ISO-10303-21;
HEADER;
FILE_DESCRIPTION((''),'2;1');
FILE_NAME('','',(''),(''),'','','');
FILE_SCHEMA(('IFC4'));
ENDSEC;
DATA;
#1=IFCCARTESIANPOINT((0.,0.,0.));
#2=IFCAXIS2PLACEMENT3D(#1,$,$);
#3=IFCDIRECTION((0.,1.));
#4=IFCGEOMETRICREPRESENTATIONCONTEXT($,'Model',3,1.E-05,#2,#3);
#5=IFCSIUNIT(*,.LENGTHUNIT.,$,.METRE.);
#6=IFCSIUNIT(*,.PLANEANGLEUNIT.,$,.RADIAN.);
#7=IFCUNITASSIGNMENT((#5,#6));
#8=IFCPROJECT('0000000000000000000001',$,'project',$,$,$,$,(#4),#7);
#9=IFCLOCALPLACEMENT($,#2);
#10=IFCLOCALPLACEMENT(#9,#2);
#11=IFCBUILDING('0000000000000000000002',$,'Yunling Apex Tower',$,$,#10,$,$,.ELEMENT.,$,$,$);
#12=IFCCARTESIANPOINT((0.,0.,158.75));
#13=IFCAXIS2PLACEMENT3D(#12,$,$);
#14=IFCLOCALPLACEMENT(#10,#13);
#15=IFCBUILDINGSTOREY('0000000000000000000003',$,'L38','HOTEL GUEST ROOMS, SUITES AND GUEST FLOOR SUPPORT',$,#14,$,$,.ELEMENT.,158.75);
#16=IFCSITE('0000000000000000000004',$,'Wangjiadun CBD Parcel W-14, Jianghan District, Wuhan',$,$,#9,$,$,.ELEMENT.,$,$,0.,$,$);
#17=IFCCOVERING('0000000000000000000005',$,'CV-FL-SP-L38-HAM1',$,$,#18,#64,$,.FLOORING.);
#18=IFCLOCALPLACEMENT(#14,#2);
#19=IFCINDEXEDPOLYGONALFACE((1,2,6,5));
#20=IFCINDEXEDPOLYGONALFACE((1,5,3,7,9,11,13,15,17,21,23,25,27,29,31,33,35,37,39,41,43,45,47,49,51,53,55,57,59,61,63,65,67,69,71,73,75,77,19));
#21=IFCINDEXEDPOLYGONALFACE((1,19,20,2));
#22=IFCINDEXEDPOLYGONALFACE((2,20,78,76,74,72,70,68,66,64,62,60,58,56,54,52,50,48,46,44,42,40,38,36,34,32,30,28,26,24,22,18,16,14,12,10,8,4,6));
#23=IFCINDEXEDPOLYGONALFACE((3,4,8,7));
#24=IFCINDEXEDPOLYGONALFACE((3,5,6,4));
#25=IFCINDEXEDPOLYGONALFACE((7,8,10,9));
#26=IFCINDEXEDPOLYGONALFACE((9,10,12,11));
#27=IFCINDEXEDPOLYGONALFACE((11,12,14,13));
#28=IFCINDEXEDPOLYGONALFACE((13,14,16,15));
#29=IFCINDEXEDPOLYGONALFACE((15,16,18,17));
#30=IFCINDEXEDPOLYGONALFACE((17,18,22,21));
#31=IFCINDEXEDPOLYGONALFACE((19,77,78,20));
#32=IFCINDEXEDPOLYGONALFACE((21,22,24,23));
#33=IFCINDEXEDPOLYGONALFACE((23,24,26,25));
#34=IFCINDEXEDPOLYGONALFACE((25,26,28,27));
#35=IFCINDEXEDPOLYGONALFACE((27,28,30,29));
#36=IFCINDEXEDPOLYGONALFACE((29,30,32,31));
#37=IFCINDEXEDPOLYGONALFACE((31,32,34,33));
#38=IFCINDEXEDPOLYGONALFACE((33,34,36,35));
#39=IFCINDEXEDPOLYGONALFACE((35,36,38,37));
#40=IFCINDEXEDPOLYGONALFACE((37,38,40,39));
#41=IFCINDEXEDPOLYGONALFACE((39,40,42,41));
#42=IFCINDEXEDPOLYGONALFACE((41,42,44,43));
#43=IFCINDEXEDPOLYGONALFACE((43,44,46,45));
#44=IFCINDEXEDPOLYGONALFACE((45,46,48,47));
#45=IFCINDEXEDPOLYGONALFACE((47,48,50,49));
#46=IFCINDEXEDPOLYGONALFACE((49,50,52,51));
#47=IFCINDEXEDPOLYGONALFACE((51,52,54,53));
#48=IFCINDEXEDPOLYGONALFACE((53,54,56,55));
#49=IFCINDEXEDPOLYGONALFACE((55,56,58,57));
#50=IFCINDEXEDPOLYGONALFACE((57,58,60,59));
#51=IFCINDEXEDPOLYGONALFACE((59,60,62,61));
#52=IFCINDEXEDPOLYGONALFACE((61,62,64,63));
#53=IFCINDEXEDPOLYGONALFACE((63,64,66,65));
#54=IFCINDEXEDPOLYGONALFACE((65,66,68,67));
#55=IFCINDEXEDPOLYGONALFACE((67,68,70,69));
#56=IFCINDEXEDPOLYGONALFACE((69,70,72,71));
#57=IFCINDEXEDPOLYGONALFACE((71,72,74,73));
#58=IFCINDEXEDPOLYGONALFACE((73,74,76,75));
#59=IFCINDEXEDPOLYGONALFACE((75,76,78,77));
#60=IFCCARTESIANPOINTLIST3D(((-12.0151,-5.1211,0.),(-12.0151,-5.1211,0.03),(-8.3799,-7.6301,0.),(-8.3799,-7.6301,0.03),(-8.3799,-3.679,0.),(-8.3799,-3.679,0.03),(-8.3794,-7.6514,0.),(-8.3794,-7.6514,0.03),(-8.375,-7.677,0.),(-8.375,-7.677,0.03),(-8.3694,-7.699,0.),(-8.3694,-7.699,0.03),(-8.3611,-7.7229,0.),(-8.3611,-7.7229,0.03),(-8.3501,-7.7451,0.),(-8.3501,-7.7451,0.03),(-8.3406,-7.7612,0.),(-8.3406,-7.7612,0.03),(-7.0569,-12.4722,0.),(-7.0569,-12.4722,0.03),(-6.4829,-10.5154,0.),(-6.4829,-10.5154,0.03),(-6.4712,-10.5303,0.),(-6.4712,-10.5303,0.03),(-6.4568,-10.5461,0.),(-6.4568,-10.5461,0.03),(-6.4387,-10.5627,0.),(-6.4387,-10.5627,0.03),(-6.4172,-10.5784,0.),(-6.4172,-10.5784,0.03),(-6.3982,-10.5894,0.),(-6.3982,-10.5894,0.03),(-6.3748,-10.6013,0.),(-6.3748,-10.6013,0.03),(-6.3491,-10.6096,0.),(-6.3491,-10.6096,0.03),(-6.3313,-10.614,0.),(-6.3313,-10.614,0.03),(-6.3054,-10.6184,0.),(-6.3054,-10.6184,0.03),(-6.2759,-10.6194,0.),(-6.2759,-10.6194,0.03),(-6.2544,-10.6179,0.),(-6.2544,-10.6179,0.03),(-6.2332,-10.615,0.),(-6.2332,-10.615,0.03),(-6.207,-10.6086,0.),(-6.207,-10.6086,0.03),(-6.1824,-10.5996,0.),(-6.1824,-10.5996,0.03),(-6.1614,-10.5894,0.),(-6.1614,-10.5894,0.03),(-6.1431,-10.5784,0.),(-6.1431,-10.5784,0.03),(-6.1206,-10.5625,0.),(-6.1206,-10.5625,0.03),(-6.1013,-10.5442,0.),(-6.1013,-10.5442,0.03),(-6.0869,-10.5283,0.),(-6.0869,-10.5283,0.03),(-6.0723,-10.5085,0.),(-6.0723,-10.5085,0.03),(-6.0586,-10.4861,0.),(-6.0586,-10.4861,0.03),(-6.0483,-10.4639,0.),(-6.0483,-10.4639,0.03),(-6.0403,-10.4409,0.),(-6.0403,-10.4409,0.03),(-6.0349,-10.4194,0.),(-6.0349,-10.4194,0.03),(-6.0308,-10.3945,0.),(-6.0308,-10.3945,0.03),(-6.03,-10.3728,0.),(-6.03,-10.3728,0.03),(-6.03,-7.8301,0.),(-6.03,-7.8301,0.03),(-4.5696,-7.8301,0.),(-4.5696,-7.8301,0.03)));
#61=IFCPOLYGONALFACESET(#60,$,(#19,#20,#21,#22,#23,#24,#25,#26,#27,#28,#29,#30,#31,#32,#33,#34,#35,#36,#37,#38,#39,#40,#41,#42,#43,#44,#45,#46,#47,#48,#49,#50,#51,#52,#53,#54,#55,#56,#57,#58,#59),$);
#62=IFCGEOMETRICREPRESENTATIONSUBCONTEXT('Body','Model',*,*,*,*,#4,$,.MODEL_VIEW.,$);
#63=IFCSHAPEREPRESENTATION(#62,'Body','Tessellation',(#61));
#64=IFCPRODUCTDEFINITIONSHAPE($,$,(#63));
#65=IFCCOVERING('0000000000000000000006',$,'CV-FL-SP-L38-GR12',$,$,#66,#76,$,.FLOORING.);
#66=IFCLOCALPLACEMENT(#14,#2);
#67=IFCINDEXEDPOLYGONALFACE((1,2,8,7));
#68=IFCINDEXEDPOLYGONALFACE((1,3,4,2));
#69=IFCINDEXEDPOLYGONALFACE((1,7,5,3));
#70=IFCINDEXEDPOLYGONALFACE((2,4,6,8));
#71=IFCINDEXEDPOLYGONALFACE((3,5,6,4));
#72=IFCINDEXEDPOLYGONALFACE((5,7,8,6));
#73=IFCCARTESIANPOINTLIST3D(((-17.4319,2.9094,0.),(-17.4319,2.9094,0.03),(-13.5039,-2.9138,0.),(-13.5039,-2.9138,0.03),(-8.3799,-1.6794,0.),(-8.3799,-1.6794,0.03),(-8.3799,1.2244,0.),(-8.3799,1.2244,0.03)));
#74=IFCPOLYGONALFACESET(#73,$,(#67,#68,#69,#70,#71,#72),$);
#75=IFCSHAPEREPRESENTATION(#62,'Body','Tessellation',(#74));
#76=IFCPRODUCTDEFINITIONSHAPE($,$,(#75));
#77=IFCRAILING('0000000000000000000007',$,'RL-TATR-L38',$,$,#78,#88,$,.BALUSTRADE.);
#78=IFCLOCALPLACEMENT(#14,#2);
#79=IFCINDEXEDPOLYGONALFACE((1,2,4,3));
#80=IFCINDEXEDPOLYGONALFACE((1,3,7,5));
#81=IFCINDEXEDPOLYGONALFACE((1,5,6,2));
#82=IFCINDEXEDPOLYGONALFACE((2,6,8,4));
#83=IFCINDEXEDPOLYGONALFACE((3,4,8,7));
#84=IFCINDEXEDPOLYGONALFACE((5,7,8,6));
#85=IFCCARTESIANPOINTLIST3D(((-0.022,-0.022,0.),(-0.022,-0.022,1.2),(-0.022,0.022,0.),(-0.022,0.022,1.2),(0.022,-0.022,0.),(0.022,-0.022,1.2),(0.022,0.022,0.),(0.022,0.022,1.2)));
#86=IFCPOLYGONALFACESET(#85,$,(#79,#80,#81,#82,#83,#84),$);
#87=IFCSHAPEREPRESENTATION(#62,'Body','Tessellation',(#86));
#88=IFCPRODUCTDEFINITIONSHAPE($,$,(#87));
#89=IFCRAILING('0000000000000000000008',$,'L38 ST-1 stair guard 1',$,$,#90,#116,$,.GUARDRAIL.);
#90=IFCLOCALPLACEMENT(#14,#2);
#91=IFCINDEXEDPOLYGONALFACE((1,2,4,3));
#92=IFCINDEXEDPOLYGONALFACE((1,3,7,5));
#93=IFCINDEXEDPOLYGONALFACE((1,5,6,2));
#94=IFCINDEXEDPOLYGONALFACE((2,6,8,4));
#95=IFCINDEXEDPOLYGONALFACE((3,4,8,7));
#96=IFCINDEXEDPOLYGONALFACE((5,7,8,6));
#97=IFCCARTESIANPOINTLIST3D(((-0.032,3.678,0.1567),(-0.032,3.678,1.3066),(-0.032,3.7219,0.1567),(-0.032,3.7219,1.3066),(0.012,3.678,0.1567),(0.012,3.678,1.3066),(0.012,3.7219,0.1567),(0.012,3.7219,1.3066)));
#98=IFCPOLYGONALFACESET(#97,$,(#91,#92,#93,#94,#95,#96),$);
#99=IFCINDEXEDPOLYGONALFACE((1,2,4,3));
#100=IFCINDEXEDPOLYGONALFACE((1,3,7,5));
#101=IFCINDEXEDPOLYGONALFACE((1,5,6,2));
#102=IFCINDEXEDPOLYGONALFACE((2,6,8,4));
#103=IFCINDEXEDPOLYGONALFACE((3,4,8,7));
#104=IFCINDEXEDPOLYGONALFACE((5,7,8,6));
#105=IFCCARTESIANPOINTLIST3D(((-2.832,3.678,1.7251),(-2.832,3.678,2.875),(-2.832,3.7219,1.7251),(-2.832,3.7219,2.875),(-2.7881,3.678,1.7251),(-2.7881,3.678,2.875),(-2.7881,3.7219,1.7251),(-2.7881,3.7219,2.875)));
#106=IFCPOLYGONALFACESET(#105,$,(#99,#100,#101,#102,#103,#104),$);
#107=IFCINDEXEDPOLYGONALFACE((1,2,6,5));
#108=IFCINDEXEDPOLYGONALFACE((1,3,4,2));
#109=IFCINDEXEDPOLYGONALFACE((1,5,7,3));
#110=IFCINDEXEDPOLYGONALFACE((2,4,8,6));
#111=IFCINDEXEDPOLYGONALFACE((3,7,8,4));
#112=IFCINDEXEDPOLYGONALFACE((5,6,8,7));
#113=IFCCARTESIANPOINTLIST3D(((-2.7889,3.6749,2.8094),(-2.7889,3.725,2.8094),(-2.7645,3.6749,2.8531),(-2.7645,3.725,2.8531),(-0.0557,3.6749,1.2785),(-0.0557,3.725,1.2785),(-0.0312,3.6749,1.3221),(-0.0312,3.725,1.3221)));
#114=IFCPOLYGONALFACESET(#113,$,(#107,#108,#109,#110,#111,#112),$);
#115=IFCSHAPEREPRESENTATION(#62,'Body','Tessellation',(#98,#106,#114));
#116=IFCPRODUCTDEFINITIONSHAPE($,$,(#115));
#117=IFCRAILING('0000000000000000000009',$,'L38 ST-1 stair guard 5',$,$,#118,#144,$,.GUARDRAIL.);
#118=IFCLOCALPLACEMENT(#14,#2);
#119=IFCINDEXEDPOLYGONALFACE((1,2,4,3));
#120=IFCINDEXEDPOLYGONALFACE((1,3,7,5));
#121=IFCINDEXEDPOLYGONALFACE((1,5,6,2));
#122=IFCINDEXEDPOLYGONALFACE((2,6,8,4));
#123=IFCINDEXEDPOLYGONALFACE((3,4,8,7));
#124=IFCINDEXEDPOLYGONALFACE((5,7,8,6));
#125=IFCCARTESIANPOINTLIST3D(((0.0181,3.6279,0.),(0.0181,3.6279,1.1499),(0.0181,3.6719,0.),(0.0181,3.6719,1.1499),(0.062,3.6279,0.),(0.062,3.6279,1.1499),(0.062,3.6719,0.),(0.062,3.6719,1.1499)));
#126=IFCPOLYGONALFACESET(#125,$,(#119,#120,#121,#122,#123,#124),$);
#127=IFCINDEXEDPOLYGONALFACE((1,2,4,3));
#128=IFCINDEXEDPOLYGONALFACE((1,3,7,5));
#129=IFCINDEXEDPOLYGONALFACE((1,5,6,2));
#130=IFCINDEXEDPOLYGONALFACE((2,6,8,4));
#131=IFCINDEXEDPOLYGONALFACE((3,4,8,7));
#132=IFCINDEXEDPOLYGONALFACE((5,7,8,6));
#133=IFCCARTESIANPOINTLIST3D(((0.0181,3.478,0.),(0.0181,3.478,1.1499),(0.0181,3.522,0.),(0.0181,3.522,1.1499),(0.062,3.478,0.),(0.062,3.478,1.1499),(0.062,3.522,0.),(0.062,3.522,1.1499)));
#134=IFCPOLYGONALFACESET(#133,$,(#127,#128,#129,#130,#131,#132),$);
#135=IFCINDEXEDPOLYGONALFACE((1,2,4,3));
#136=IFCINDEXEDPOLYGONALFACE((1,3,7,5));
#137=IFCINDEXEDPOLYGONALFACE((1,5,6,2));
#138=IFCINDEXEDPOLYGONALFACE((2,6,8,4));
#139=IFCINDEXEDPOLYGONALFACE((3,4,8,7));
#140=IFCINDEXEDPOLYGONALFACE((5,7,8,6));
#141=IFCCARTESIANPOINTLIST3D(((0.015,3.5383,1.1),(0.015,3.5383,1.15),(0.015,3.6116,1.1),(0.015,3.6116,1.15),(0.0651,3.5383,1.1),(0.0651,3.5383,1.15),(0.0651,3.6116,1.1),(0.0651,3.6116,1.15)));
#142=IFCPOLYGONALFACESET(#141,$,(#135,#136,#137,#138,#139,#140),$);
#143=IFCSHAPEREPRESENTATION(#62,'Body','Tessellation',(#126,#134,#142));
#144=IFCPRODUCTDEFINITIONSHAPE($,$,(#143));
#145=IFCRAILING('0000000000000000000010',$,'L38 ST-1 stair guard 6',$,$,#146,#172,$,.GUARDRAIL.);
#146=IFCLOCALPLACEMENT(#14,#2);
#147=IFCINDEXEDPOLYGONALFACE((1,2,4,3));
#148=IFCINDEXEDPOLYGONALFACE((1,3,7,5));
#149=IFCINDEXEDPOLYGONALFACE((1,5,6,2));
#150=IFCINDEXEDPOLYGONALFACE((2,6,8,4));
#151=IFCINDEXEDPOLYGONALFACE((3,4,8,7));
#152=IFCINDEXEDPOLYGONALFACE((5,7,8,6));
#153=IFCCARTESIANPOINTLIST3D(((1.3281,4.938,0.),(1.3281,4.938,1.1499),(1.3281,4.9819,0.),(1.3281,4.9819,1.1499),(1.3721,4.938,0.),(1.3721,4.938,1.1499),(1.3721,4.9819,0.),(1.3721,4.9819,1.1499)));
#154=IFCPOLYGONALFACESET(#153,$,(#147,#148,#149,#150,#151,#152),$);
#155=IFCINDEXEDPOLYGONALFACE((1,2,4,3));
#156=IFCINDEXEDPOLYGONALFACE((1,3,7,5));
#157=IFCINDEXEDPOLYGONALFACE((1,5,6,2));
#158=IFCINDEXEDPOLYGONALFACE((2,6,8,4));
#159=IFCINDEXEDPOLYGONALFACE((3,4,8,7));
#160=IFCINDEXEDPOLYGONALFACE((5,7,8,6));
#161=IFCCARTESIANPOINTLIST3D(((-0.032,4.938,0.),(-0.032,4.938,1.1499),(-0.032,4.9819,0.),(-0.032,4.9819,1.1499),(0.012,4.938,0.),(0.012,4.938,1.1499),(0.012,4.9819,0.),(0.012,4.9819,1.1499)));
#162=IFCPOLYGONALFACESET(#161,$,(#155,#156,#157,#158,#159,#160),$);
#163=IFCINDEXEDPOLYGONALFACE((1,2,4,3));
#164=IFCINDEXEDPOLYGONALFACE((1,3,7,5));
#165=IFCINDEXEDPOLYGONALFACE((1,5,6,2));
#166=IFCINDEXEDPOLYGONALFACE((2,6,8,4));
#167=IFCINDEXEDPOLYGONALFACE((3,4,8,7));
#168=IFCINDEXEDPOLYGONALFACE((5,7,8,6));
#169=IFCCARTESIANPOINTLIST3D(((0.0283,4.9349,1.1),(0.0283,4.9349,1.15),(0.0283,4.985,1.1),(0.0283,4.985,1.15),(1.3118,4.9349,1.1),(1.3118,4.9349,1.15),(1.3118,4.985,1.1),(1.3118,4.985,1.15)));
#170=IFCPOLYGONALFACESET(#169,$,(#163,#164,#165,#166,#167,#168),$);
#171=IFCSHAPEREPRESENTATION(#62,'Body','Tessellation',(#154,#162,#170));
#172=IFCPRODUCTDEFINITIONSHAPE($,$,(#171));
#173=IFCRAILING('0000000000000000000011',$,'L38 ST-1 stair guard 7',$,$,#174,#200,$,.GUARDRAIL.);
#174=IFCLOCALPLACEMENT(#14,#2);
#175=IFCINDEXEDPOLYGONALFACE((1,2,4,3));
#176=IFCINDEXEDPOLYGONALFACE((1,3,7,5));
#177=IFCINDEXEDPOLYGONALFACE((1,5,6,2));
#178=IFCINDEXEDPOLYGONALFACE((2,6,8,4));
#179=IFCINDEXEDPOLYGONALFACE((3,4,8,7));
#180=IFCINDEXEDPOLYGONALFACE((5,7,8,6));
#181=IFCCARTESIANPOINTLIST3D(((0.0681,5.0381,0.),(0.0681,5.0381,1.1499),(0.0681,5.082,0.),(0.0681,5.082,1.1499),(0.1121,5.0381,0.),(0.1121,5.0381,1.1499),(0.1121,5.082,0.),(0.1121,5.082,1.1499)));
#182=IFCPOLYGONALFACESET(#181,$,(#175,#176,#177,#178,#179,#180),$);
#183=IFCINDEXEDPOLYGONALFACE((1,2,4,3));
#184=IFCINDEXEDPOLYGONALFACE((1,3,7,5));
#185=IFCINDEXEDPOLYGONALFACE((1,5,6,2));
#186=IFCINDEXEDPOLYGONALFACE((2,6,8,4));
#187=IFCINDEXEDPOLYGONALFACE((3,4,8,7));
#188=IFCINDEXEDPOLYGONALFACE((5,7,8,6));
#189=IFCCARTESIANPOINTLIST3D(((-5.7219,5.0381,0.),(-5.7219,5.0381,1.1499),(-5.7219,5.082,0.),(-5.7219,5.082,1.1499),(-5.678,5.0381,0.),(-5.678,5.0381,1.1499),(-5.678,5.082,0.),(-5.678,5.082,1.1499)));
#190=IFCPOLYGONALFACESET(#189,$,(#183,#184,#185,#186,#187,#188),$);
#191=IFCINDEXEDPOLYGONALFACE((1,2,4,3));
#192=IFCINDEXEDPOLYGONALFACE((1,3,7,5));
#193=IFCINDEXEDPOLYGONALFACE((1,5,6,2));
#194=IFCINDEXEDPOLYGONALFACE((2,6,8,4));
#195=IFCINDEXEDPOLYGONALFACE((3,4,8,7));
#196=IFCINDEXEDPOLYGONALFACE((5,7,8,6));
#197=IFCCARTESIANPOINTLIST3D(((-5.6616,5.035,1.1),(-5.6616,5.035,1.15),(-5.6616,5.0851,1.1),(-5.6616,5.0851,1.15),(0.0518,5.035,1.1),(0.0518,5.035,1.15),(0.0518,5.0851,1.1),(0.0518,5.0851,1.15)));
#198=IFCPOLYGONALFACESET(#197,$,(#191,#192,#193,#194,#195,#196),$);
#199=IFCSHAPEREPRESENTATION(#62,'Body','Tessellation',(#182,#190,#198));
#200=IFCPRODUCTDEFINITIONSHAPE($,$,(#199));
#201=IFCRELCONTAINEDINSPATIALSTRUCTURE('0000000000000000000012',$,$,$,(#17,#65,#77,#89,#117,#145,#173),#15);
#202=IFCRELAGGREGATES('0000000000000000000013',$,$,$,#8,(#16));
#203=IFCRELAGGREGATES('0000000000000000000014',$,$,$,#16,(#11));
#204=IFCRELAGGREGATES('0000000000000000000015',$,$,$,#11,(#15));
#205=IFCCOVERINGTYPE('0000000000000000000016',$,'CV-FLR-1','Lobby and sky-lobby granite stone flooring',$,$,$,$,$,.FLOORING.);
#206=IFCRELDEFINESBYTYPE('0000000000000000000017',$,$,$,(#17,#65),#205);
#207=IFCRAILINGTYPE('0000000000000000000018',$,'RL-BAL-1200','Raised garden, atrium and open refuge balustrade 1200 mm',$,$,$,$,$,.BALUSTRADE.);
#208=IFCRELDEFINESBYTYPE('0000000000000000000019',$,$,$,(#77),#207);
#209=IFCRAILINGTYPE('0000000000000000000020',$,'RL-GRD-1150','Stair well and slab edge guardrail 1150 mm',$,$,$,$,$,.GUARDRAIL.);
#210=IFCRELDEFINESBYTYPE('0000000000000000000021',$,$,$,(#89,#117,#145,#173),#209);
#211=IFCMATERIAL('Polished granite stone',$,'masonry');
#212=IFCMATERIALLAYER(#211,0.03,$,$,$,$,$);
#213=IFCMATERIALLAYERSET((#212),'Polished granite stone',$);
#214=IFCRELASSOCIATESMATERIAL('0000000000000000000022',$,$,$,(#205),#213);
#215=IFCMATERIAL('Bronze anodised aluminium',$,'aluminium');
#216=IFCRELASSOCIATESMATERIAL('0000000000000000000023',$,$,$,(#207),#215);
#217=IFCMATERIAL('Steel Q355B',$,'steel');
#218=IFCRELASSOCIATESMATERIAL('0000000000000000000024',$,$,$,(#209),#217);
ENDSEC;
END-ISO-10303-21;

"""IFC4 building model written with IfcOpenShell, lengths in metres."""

from ifc_helpers import new_model, si_unit, direction, frame, origin, origin_2d, place, context, subcontext, project, spatial, polyline, rectangle, outline, extrude, material, layer, layer_set, type_object, element, save


model = new_model("IFC4")

# Units and contexts
model_context = context("Model", 3, precision=1e-05, world=origin(), true_north=direction((0.0, 1.0)))
body_context = subcontext(model_context, "Body", "Model", "MODEL_VIEW")
ifc_project = project(units=[si_unit("LENGTHUNIT", "METRE"), si_unit("PLANEANGLEUNIT", "RADIAN")], contexts=[model_context])

# Site, building, storey
site_placement = place(None, origin())
site = spatial("IfcSite", under=ifc_project, at=site_placement, Name="Wangjiadun CBD Parcel W-14, Jianghan District, Wuhan", CompositionType="ELEMENT", RefElevation=0.0)
building_placement = place(site_placement, origin())
building = spatial("IfcBuilding", under=site, at=building_placement, Name="Yunling Apex Tower", CompositionType="ELEMENT")
storey_placement = place(building_placement, frame((0.0, 0.0, 158.75)))
storey = spatial("IfcBuildingStorey", under=building, at=storey_placement, Name="L38", Description="HOTEL GUEST ROOMS, SUITES AND GUEST FLOOR SUPPORT", CompositionType="ELEMENT", Elevation=158.75)

# Shared definitions
ifc_material_1 = material(Name="Steel Q355B", Category="steel")

# Shared definitions
ifc_material_2 = material(Name="Bronze anodised aluminium", Category="aluminium")

# Coverings
ifc_material_3 = material(Name="Polished granite stone", Category="masonry")
ifc_layer_1 = layer(ifc_material_3, 0.03)
ifc_layer_set_1 = layer_set([ifc_layer_1], Name="Polished granite stone")
covering_type_1 = type_object("IfcCoveringType", Name="CV-FLR-1", Description="Lobby and sky-lobby granite stone flooring", PredefinedType="FLOORING", material=ifc_layer_set_1)
covering_1_placement = place(storey_placement, origin())
element("IfcCovering", 1, at=covering_1_placement, inside=storey, type_object=covering_type_1, Name="CV-FL-SP-L38-HAM1", PredefinedType="FLOORING", context=body_context, shape_type="SweptSolid", body=[
    extrude(outline(polyline([(-7.0569, -12.4722), (-12.0151, -5.1211), (-8.3799, -3.679), (-8.3799, -7.6301), (-8.3794, -7.6514), (-8.375, -7.677), (-8.3694, -7.699), (-8.3611, -7.7229), (-8.3501, -7.7451), (-8.3406, -7.7612), (-6.4829, -10.5154), (-6.4712, -10.5303), (-6.4568, -10.5461), (-6.4387, -10.5627), (-6.4172, -10.5784), (-6.3982, -10.5894), (-6.3748, -10.6013), (-6.3491, -10.6096), (-6.3313, -10.614), (-6.3054, -10.6184), (-6.2759, -10.6194), (-6.2544, -10.6179), (-6.2332, -10.615), (-6.207, -10.6086), (-6.1824, -10.5996), (-6.1614, -10.5894), (-6.1431, -10.5784), (-6.1206, -10.5625), (-6.1013, -10.5442), (-6.0869, -10.5283), (-6.0723, -10.5085), (-6.0586, -10.4861), (-6.0483, -10.4639), (-6.0403, -10.4409), (-6.0349, -10.4194), (-6.0308, -10.3945), (-6.03, -10.3728), (-6.03, -7.8301), (-4.5696, -7.8301), (-7.0569, -12.4722)])), origin(), (0.0, 0.0, 1.0), 0.03),
])
covering_2_placement = place(storey_placement, origin())
element("IfcCovering", 2, at=covering_2_placement, inside=storey, type_object=covering_type_1, Name="CV-FL-SP-L38-GR12", PredefinedType="FLOORING", context=body_context, shape_type="SweptSolid", body=[
    extrude(outline(polyline([(-17.4319, 2.9094), (-8.3799, 1.2244), (-8.3799, -1.6794), (-13.5039, -2.9138), (-17.4319, 2.9094)])), origin(), (0.0, 0.0, 1.0), 0.03),
])

# Railings
railing_type_1 = type_object("IfcRailingType", Name="RL-BAL-1200", Description="Raised garden, atrium and open refuge balustrade 1200 mm", PredefinedType="BALUSTRADE", material=ifc_material_2)
railing_1_placement = place(storey_placement, origin())
element("IfcRailing", 3, at=railing_1_placement, inside=storey, type_object=railing_type_1, Name="RL-TATR-L38", PredefinedType="BALUSTRADE", context=body_context, shape_type="SweptSolid", body=[
    extrude(rectangle(XDim=0.0439, YDim=0.0439, at=origin_2d()), origin(), (0.0, 0.0, 1.0), 1.2),
])
railing_type_2 = type_object("IfcRailingType", Name="RL-GRD-1150", Description="Stair well and slab edge guardrail 1150 mm", PredefinedType="GUARDRAIL", material=ifc_material_1)
railing_2_placement = place(storey_placement, frame((-0.01, 3.7, 0.1567)))
element("IfcRailing", 4, at=railing_2_placement, inside=storey, type_object=railing_type_2, Name="L38 ST-1 stair guard 1", PredefinedType="GUARDRAIL", context=body_context, shape_type="SweptSolid", body=[
    extrude(rectangle(XDim=0.0439, YDim=0.0439, at=origin_2d()), origin(), (0.0, 0.0, 1.0), 1.1499),
    extrude(rectangle(XDim=0.0439, YDim=0.0439, at=origin_2d()), frame((-2.8, 0.0, 1.5684)), (0.0, 0.0, 1.0), 1.1499),
    extrude(rectangle(XDim=0.05, YDim=0.05, at=origin_2d()), frame((-0.0334, 0.0, 1.1436), z_axis=(-0.872462, 0.0, 0.488682), x_axis=(0.0, -1.0, 0.0)), (0.0, 0.0, 1.0), 3.1328),
])
railing_3_placement = place(storey_placement, frame((0.04, 3.6499, 0.0)))
element("IfcRailing", 5, at=railing_3_placement, inside=storey, type_object=railing_type_2, Name="L38 ST-1 stair guard 5", PredefinedType="GUARDRAIL", context=body_context, shape_type="SweptSolid", body=[
    extrude(rectangle(XDim=0.0439, YDim=0.0439, at=origin_2d()), origin(), (0.0, 0.0, 1.0), 1.1499),
    extrude(rectangle(XDim=0.0439, YDim=0.0439, at=origin_2d()), frame((0.0, -0.1499, 0.0)), (0.0, 0.0, 1.0), 1.1499),
    extrude(rectangle(XDim=0.05, YDim=0.05, at=origin_2d()), frame((0.0, -0.0383, 1.125), z_axis=(0.0, -1.0, 0.0), x_axis=(1.0, 0.0, 0.0)), (0.0, 0.0, 1.0), 0.0732),
])
railing_4_placement = place(storey_placement, frame((1.3501, 4.96, 0.0)))
element("IfcRailing", 6, at=railing_4_placement, inside=storey, type_object=railing_type_2, Name="L38 ST-1 stair guard 6", PredefinedType="GUARDRAIL", context=body_context, shape_type="SweptSolid", body=[
    extrude(rectangle(XDim=0.0439, YDim=0.0439, at=origin_2d()), origin(), (0.0, 0.0, 1.0), 1.1499),
    extrude(rectangle(XDim=0.0439, YDim=0.0439, at=origin_2d()), frame((-1.3601, 0.0, 0.0)), (0.0, 0.0, 1.0), 1.1499),
    extrude(rectangle(XDim=0.05, YDim=0.05, at=origin_2d()), frame((-0.0383, 0.0, 1.125), z_axis=(-1.0, 0.0, 0.0), x_axis=(0.0, -1.0, 0.0)), (0.0, 0.0, 1.0), 1.2834),
])
railing_5_placement = place(storey_placement, frame((0.0901, 5.0601, 0.0)))
element("IfcRailing", 7, at=railing_5_placement, inside=storey, type_object=railing_type_2, Name="L38 ST-1 stair guard 7", PredefinedType="GUARDRAIL", context=body_context, shape_type="SweptSolid", body=[
    extrude(rectangle(XDim=0.0439, YDim=0.0439, at=origin_2d()), origin(), (0.0, 0.0, 1.0), 1.1499),
    extrude(rectangle(XDim=0.0439, YDim=0.0439, at=origin_2d()), frame((-5.79, 0.0, 0.0)), (0.0, 0.0, 1.0), 1.1499),
    extrude(rectangle(XDim=0.05, YDim=0.05, at=origin_2d()), frame((-0.0383, 0.0, 1.125), z_axis=(-1.0, 0.0, 0.0), x_axis=(0.0, -1.0, 0.0)), (0.0, 0.0, 1.0), 5.7134),
])

save(model, "model.ifc")
